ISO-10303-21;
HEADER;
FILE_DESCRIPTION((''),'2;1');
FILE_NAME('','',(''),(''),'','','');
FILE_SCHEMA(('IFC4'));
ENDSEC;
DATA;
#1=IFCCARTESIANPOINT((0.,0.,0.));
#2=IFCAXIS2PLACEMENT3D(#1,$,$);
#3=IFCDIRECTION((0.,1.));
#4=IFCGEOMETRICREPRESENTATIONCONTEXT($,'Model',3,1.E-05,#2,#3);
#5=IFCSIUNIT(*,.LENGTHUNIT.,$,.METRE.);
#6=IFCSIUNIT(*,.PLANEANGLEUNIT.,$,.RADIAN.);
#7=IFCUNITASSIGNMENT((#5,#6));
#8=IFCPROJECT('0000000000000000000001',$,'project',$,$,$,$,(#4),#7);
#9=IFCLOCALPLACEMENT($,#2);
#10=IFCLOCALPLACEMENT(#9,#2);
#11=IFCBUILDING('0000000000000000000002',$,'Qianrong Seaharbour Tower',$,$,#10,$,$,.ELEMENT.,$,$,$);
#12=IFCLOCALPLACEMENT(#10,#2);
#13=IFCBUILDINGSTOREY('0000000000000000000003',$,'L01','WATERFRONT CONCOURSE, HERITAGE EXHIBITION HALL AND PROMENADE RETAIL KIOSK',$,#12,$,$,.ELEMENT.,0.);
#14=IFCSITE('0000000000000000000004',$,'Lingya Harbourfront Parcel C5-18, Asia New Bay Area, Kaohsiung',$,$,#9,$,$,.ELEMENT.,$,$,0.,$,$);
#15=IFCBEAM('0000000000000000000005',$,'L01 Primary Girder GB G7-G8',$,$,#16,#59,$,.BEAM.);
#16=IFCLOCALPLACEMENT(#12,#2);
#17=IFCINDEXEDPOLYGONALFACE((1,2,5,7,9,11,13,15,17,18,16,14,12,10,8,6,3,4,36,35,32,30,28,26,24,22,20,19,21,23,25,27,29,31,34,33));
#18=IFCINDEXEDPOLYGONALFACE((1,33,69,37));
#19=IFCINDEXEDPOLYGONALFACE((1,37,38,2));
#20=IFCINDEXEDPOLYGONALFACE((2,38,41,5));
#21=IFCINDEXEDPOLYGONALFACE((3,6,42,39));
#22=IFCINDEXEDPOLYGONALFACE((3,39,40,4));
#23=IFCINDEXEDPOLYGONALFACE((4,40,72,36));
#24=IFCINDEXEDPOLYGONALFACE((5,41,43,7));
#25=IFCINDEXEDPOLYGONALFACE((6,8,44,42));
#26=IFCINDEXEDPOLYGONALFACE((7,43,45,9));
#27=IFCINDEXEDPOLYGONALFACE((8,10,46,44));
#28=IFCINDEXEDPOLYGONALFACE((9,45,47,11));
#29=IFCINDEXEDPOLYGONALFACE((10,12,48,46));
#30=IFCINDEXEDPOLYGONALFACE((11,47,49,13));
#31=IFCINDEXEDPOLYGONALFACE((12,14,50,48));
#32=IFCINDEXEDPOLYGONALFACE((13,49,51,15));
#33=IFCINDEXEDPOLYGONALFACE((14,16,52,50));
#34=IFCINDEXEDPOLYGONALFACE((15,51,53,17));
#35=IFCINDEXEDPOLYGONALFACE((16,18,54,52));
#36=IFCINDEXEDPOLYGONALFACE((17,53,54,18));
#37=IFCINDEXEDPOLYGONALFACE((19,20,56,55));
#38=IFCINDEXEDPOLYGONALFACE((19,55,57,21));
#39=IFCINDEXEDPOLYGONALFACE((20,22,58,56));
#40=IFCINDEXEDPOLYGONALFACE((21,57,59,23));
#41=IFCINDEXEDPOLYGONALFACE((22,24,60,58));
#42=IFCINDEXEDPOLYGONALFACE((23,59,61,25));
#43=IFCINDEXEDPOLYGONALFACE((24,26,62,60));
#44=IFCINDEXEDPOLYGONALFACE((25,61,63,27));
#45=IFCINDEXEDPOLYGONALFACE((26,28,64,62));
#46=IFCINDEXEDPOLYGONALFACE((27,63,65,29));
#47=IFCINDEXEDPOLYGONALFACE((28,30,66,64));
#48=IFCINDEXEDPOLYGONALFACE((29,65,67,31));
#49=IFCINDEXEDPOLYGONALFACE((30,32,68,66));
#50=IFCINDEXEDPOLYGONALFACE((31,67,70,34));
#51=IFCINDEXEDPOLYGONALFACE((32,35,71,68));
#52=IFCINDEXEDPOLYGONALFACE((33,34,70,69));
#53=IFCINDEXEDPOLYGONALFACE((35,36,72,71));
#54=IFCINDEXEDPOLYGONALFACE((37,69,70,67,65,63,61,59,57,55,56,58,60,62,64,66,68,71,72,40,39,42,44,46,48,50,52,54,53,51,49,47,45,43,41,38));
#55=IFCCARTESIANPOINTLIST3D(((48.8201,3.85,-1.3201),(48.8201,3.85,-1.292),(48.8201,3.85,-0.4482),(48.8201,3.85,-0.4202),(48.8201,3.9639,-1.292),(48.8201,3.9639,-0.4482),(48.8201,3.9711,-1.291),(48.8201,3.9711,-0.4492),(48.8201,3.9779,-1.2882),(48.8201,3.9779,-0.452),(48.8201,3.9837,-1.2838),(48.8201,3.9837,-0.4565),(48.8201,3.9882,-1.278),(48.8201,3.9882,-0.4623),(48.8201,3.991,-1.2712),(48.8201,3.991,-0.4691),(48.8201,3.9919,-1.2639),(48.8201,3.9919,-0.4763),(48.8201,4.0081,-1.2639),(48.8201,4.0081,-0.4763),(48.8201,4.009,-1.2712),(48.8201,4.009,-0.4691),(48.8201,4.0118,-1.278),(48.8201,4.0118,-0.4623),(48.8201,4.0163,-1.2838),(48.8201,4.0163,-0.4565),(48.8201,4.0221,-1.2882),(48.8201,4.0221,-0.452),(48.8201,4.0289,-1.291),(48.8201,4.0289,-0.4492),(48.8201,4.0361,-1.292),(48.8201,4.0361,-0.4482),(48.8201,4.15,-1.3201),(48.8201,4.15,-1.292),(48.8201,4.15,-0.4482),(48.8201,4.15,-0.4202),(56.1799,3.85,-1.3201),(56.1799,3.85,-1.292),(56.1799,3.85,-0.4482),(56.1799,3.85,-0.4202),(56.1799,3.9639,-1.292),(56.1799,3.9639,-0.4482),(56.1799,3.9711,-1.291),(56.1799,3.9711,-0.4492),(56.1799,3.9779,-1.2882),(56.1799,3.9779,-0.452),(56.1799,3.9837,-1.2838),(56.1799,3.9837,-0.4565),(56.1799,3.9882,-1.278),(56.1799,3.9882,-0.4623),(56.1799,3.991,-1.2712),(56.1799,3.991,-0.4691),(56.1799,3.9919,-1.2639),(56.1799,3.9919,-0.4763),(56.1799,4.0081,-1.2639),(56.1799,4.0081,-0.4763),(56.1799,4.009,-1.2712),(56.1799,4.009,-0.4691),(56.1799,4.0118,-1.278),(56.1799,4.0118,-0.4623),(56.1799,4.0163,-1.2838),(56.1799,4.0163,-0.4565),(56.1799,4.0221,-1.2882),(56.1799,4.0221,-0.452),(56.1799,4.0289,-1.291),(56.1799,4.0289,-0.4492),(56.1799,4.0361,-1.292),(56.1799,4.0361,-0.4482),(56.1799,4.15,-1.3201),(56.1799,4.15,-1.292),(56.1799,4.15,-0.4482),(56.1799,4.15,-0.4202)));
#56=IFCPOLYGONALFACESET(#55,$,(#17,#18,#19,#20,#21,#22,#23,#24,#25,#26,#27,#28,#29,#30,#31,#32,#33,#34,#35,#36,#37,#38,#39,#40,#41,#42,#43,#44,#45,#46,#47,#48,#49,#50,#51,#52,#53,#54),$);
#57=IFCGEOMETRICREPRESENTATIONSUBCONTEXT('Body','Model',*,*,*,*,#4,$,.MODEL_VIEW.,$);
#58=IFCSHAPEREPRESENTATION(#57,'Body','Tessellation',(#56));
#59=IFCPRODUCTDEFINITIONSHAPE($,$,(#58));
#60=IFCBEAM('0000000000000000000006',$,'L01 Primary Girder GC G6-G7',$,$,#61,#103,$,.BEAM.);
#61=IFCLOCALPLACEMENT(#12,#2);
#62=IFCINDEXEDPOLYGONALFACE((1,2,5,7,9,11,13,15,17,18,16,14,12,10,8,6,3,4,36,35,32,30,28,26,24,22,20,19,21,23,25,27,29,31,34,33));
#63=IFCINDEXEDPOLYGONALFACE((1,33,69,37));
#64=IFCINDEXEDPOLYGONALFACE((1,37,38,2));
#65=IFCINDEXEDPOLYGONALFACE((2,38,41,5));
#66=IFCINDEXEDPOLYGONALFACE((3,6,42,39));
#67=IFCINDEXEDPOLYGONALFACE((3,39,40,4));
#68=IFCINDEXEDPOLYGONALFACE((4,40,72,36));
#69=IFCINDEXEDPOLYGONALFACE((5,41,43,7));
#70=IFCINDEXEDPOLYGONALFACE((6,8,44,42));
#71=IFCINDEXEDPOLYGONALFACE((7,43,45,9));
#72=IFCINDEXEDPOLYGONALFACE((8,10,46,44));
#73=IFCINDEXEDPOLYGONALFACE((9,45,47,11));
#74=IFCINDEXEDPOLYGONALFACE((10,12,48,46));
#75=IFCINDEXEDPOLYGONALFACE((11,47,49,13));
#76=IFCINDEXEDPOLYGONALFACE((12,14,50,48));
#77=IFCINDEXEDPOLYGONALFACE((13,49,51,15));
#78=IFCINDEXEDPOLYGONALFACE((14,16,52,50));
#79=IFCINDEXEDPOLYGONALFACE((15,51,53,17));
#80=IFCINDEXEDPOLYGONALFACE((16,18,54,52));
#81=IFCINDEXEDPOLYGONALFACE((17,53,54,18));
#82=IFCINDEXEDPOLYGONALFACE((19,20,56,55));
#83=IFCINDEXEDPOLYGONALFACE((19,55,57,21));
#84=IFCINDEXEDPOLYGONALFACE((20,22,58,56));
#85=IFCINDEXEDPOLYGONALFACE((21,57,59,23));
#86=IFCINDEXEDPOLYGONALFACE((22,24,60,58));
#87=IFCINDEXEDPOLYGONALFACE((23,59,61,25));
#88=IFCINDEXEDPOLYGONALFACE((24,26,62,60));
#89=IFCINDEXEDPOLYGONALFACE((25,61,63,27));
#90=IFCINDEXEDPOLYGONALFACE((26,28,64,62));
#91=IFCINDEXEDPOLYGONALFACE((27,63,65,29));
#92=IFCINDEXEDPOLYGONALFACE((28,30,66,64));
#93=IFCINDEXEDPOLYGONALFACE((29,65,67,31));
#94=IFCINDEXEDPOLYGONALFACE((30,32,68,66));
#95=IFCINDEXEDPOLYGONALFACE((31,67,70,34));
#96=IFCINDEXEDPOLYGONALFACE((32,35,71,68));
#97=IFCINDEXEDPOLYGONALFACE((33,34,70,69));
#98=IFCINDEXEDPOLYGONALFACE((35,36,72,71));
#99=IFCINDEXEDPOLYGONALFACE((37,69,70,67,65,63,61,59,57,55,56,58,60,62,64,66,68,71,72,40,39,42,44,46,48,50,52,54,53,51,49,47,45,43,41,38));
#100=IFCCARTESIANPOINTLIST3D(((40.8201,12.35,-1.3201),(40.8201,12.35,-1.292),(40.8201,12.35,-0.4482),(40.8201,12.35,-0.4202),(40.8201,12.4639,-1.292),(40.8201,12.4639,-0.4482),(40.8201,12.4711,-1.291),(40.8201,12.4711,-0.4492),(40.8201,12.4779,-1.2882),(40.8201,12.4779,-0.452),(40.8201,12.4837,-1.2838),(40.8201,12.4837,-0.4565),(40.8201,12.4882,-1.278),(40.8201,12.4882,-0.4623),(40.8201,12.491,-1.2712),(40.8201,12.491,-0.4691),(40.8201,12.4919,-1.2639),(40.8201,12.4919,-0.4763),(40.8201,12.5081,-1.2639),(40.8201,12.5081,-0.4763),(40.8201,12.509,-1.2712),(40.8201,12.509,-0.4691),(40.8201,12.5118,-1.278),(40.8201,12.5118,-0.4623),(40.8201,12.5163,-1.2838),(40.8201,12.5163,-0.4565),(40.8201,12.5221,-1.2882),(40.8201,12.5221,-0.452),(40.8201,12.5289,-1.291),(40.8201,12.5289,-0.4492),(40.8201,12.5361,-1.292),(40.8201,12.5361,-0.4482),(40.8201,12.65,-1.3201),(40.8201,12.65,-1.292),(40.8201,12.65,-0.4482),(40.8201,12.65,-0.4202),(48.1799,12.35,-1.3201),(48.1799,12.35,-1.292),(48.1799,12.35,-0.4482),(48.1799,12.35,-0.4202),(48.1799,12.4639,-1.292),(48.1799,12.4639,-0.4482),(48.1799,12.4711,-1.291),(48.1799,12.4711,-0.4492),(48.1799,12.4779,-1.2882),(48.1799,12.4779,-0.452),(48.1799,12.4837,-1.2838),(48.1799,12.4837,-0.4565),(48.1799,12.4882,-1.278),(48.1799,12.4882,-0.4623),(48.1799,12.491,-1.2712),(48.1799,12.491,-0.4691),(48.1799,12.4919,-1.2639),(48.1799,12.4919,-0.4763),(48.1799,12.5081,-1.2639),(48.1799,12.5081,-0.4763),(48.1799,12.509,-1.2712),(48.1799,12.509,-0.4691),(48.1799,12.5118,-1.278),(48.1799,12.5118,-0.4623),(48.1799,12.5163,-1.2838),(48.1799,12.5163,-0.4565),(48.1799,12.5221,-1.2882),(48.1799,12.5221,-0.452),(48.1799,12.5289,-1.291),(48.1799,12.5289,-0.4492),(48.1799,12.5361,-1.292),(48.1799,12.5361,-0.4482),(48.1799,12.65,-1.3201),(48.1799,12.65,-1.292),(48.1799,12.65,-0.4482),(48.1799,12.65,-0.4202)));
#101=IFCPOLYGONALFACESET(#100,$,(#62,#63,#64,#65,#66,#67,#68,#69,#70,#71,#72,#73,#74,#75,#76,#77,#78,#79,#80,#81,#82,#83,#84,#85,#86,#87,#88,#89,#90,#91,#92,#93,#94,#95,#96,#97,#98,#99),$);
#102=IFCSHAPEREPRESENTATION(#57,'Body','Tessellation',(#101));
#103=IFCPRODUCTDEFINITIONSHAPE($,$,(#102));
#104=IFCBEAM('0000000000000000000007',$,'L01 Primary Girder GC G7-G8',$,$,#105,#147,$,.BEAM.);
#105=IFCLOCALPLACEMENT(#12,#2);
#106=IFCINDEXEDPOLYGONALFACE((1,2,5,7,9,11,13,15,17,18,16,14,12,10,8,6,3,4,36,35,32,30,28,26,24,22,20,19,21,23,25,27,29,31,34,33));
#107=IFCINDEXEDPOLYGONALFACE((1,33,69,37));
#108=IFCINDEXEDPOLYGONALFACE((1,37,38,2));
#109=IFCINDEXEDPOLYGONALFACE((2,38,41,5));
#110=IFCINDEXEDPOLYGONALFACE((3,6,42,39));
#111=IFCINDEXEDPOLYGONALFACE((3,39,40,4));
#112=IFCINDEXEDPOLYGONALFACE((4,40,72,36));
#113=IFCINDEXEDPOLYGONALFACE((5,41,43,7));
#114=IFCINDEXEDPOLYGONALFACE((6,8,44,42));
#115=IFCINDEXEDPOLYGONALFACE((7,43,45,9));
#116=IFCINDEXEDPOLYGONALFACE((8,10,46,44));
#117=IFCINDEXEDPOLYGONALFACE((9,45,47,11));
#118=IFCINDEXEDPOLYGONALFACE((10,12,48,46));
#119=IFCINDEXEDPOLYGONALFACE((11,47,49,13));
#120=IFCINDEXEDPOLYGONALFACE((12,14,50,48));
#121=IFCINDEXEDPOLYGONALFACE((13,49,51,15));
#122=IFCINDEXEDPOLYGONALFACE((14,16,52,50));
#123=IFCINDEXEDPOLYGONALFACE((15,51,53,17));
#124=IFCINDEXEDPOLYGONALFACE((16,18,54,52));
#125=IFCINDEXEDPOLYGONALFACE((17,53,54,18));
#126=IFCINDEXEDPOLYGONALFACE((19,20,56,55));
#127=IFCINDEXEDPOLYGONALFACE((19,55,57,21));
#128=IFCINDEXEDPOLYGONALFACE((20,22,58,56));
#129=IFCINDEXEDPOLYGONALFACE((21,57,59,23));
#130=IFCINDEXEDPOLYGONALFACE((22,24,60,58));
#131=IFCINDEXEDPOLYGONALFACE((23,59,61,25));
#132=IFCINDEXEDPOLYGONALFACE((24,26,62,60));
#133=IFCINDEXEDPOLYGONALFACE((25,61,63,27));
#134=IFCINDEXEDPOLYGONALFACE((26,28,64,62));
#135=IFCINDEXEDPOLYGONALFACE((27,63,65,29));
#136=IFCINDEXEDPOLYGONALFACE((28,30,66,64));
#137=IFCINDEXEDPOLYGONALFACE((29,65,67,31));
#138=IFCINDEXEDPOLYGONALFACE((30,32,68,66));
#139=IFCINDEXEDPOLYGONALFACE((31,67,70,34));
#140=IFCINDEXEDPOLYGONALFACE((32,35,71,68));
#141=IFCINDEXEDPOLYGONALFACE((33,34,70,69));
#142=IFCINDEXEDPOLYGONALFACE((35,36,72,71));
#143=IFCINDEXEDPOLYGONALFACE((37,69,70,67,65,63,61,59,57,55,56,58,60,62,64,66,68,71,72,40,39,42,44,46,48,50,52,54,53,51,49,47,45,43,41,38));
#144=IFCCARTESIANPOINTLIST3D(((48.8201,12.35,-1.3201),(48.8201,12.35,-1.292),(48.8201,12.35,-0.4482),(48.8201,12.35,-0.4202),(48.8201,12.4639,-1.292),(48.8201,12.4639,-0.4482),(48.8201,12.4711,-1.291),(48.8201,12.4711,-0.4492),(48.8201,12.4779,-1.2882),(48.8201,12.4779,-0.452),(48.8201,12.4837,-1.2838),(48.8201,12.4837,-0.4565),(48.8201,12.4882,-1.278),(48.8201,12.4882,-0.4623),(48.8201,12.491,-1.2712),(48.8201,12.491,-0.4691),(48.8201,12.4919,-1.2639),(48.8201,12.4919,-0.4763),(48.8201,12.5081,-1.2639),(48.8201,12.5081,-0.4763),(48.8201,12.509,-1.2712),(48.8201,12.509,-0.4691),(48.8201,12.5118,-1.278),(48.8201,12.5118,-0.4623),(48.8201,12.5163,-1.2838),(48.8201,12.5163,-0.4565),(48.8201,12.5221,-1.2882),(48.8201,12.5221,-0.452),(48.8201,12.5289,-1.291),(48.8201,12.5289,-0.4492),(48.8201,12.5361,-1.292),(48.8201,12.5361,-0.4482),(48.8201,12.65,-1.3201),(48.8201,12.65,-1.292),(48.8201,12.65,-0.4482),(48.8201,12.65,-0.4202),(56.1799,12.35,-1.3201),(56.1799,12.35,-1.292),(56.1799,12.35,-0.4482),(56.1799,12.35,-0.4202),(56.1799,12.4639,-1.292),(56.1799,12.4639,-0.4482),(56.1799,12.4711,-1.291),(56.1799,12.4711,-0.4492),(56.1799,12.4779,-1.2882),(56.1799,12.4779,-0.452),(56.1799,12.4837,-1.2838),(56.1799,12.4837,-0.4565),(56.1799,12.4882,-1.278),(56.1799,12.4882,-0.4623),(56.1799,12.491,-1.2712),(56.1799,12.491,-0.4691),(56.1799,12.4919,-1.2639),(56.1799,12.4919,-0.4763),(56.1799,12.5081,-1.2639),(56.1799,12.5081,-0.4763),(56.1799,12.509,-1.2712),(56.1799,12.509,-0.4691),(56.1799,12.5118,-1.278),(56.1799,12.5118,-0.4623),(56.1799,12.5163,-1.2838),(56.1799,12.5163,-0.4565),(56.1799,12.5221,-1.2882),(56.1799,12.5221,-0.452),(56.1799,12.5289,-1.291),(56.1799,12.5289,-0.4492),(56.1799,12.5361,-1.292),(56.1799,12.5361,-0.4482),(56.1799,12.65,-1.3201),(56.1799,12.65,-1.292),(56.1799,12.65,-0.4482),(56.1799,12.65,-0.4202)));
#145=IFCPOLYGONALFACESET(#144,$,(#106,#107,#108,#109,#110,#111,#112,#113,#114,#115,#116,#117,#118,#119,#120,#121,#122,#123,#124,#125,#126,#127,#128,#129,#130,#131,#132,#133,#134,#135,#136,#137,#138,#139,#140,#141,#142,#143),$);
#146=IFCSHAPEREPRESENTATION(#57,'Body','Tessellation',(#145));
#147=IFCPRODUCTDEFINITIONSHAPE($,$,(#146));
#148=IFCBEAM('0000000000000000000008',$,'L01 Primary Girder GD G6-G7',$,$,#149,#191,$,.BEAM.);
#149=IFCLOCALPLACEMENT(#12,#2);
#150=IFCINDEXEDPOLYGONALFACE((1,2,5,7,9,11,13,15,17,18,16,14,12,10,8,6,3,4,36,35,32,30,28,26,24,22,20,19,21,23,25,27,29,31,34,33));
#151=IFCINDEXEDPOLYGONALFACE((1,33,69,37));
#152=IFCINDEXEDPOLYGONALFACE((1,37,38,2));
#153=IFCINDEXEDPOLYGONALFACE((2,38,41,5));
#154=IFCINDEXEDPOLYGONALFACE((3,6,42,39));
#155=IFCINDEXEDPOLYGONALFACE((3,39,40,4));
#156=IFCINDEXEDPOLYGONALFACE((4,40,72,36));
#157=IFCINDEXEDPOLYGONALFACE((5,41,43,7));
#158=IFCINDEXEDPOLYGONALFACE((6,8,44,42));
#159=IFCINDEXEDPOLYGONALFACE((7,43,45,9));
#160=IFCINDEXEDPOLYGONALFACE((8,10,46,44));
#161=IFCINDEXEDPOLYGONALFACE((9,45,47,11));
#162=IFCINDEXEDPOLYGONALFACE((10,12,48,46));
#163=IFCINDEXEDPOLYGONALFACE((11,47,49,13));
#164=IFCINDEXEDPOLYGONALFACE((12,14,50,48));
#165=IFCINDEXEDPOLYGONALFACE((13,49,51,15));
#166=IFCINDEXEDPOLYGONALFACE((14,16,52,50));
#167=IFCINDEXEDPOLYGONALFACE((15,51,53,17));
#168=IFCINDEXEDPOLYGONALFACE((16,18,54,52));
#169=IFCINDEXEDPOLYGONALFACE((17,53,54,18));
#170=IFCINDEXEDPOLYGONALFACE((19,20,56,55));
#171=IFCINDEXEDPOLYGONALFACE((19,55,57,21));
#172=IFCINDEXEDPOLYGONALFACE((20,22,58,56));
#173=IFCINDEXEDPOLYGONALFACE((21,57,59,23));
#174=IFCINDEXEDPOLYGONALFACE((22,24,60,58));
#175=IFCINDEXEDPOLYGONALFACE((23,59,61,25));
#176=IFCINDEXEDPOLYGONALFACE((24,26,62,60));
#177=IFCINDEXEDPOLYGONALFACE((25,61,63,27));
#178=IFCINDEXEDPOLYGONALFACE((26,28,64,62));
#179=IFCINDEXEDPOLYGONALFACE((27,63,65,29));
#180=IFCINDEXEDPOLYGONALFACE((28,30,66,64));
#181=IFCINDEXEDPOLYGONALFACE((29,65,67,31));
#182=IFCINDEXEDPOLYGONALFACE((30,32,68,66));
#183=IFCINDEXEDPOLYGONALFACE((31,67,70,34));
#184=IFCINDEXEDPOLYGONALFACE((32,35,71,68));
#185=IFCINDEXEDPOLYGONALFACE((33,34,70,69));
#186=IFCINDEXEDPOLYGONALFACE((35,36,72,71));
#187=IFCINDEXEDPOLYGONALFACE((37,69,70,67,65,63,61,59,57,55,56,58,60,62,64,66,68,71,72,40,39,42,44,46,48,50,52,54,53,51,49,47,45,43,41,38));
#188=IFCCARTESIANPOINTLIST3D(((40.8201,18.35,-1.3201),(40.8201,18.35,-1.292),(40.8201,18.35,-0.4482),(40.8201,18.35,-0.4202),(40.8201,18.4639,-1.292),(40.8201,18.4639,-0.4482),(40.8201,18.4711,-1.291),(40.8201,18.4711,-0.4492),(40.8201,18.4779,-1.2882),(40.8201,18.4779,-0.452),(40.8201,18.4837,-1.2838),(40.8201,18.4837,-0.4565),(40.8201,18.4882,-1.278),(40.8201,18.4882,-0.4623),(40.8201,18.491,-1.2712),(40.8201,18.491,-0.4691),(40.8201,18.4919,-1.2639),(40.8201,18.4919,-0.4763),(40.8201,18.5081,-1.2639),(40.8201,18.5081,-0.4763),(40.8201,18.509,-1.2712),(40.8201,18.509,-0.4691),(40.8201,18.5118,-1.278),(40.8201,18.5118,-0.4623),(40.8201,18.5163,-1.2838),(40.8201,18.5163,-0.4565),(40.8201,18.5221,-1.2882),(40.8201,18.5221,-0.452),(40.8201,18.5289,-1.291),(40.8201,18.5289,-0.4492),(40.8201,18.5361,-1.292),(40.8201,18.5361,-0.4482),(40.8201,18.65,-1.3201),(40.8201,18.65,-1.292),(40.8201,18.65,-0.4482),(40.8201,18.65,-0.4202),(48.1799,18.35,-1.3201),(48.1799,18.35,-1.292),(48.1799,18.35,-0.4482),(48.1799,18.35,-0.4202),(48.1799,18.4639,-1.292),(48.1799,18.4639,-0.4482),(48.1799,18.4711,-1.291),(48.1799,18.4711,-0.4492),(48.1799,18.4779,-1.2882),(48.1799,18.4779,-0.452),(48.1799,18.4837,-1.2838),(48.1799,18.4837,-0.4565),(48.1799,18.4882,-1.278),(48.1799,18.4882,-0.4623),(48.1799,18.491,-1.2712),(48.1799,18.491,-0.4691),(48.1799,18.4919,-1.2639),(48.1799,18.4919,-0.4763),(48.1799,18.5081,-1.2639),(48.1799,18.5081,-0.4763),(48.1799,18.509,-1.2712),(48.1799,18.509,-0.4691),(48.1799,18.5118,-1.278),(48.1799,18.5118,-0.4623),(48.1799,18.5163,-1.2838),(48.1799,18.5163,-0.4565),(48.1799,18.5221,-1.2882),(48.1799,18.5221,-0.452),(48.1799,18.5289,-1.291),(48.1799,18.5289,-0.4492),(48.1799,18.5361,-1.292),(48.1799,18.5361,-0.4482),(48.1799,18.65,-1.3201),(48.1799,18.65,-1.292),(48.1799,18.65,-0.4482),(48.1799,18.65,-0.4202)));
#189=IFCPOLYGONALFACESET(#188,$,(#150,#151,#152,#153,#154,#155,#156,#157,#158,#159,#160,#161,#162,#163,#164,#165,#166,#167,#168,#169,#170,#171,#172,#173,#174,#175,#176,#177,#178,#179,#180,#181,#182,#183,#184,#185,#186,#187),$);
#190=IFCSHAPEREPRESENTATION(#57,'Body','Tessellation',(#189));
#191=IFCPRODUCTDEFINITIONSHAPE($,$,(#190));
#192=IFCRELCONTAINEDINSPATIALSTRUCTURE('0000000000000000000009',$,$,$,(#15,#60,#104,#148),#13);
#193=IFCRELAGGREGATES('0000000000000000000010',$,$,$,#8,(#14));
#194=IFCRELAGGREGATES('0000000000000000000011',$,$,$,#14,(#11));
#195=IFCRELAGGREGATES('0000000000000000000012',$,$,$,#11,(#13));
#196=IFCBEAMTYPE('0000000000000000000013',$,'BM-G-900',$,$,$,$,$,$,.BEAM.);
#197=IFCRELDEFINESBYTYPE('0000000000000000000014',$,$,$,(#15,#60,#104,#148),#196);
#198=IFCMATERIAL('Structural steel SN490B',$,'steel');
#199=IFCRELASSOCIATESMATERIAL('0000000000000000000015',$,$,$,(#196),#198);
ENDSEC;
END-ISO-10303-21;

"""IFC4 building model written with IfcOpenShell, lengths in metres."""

from ifc_helpers import new_model, si_unit, direction, frame, origin, origin_2d, place, context, subcontext, project, spatial, i_section, extrude, material, material_profile, profile_set, type_object, element, save


model = new_model("IFC4")

# Units and contexts
model_context = context("Model", 3, precision=1e-05, world=origin(), true_north=direction((0.0, 1.0)))
body_context = subcontext(model_context, "Body", "Model", "MODEL_VIEW")
ifc_project = project(units=[si_unit("LENGTHUNIT", "METRE"), si_unit("PLANEANGLEUNIT", "RADIAN")], contexts=[model_context])

# Site, building, storey
site_placement = place(None, origin())
site = spatial("IfcSite", under=ifc_project, at=site_placement, Name="Lingya Harbourfront Parcel C5-18, Asia New Bay Area, Kaohsiung", CompositionType="ELEMENT", RefElevation=0.0)
building_placement = place(site_placement, origin())
building = spatial("IfcBuilding", under=site, at=building_placement, Name="Qianrong Seaharbour Tower", CompositionType="ELEMENT")
storey_placement = place(building_placement, origin())
storey = spatial("IfcBuildingStorey", under=building, at=storey_placement, Name="L01", Description="WATERFRONT CONCOURSE, HERITAGE EXHIBITION HALL AND PROMENADE RETAIL KIOSK", CompositionType="ELEMENT", Elevation=0.0)

# Shared definitions
ifc_material_1 = material(Name="Structural steel SN490B", Category="steel")

# Beams
ifc_material_profile_1 = material_profile(ifc_material_1, i_section(OverallWidth=0.3, OverallDepth=0.8999, WebThickness=0.0161, FlangeThickness=0.0281, FilletRadius=0.0281, at=origin_2d()), Name="H900x300x16x28")
ifc_profile_set_1 = profile_set([ifc_material_profile_1], Name="Structural steel SN490B")
beam_type_1 = type_object("IfcBeamType", Name="BM-G-900", PredefinedType="BEAM", material=ifc_profile_set_1)
for number, where, z_axis, x_axis, name in (
    (1, (48.8201, 4.0, -0.8701), (1.0, 0.0, 0.0), (0.0, 1.0, 0.0), "L01 Primary Girder GB G7-G8"),
    (2, (40.8201, 12.5, -0.8701), (1.0, 0.0, 0.0), (0.0, 1.0, 0.0), "L01 Primary Girder GC G6-G7"),
    (3, (48.8201, 12.5, -0.8701), (1.0, 0.0, 0.0), (0.0, 1.0, 0.0), "L01 Primary Girder GC G7-G8"),
    (4, (40.8201, 18.5, -0.8701), (1.0, 0.0, 0.0), (0.0, 1.0, 0.0), "L01 Primary Girder GD G6-G7"),
):
    element("IfcBeam", number, at=place(storey_placement, frame(where, z_axis=z_axis, x_axis=x_axis)), inside=storey, type_object=beam_type_1, Name=name, PredefinedType="BEAM", context=body_context, shape_type="SweptSolid", body=[
        extrude(i_section(OverallWidth=0.3, OverallDepth=0.8999, WebThickness=0.0161, FlangeThickness=0.0281, FilletRadius=0.0281, at=origin_2d()), origin(), (0.0, 0.0, 1.0), 7.3599),
    ])

save(model, "model.ifc")
